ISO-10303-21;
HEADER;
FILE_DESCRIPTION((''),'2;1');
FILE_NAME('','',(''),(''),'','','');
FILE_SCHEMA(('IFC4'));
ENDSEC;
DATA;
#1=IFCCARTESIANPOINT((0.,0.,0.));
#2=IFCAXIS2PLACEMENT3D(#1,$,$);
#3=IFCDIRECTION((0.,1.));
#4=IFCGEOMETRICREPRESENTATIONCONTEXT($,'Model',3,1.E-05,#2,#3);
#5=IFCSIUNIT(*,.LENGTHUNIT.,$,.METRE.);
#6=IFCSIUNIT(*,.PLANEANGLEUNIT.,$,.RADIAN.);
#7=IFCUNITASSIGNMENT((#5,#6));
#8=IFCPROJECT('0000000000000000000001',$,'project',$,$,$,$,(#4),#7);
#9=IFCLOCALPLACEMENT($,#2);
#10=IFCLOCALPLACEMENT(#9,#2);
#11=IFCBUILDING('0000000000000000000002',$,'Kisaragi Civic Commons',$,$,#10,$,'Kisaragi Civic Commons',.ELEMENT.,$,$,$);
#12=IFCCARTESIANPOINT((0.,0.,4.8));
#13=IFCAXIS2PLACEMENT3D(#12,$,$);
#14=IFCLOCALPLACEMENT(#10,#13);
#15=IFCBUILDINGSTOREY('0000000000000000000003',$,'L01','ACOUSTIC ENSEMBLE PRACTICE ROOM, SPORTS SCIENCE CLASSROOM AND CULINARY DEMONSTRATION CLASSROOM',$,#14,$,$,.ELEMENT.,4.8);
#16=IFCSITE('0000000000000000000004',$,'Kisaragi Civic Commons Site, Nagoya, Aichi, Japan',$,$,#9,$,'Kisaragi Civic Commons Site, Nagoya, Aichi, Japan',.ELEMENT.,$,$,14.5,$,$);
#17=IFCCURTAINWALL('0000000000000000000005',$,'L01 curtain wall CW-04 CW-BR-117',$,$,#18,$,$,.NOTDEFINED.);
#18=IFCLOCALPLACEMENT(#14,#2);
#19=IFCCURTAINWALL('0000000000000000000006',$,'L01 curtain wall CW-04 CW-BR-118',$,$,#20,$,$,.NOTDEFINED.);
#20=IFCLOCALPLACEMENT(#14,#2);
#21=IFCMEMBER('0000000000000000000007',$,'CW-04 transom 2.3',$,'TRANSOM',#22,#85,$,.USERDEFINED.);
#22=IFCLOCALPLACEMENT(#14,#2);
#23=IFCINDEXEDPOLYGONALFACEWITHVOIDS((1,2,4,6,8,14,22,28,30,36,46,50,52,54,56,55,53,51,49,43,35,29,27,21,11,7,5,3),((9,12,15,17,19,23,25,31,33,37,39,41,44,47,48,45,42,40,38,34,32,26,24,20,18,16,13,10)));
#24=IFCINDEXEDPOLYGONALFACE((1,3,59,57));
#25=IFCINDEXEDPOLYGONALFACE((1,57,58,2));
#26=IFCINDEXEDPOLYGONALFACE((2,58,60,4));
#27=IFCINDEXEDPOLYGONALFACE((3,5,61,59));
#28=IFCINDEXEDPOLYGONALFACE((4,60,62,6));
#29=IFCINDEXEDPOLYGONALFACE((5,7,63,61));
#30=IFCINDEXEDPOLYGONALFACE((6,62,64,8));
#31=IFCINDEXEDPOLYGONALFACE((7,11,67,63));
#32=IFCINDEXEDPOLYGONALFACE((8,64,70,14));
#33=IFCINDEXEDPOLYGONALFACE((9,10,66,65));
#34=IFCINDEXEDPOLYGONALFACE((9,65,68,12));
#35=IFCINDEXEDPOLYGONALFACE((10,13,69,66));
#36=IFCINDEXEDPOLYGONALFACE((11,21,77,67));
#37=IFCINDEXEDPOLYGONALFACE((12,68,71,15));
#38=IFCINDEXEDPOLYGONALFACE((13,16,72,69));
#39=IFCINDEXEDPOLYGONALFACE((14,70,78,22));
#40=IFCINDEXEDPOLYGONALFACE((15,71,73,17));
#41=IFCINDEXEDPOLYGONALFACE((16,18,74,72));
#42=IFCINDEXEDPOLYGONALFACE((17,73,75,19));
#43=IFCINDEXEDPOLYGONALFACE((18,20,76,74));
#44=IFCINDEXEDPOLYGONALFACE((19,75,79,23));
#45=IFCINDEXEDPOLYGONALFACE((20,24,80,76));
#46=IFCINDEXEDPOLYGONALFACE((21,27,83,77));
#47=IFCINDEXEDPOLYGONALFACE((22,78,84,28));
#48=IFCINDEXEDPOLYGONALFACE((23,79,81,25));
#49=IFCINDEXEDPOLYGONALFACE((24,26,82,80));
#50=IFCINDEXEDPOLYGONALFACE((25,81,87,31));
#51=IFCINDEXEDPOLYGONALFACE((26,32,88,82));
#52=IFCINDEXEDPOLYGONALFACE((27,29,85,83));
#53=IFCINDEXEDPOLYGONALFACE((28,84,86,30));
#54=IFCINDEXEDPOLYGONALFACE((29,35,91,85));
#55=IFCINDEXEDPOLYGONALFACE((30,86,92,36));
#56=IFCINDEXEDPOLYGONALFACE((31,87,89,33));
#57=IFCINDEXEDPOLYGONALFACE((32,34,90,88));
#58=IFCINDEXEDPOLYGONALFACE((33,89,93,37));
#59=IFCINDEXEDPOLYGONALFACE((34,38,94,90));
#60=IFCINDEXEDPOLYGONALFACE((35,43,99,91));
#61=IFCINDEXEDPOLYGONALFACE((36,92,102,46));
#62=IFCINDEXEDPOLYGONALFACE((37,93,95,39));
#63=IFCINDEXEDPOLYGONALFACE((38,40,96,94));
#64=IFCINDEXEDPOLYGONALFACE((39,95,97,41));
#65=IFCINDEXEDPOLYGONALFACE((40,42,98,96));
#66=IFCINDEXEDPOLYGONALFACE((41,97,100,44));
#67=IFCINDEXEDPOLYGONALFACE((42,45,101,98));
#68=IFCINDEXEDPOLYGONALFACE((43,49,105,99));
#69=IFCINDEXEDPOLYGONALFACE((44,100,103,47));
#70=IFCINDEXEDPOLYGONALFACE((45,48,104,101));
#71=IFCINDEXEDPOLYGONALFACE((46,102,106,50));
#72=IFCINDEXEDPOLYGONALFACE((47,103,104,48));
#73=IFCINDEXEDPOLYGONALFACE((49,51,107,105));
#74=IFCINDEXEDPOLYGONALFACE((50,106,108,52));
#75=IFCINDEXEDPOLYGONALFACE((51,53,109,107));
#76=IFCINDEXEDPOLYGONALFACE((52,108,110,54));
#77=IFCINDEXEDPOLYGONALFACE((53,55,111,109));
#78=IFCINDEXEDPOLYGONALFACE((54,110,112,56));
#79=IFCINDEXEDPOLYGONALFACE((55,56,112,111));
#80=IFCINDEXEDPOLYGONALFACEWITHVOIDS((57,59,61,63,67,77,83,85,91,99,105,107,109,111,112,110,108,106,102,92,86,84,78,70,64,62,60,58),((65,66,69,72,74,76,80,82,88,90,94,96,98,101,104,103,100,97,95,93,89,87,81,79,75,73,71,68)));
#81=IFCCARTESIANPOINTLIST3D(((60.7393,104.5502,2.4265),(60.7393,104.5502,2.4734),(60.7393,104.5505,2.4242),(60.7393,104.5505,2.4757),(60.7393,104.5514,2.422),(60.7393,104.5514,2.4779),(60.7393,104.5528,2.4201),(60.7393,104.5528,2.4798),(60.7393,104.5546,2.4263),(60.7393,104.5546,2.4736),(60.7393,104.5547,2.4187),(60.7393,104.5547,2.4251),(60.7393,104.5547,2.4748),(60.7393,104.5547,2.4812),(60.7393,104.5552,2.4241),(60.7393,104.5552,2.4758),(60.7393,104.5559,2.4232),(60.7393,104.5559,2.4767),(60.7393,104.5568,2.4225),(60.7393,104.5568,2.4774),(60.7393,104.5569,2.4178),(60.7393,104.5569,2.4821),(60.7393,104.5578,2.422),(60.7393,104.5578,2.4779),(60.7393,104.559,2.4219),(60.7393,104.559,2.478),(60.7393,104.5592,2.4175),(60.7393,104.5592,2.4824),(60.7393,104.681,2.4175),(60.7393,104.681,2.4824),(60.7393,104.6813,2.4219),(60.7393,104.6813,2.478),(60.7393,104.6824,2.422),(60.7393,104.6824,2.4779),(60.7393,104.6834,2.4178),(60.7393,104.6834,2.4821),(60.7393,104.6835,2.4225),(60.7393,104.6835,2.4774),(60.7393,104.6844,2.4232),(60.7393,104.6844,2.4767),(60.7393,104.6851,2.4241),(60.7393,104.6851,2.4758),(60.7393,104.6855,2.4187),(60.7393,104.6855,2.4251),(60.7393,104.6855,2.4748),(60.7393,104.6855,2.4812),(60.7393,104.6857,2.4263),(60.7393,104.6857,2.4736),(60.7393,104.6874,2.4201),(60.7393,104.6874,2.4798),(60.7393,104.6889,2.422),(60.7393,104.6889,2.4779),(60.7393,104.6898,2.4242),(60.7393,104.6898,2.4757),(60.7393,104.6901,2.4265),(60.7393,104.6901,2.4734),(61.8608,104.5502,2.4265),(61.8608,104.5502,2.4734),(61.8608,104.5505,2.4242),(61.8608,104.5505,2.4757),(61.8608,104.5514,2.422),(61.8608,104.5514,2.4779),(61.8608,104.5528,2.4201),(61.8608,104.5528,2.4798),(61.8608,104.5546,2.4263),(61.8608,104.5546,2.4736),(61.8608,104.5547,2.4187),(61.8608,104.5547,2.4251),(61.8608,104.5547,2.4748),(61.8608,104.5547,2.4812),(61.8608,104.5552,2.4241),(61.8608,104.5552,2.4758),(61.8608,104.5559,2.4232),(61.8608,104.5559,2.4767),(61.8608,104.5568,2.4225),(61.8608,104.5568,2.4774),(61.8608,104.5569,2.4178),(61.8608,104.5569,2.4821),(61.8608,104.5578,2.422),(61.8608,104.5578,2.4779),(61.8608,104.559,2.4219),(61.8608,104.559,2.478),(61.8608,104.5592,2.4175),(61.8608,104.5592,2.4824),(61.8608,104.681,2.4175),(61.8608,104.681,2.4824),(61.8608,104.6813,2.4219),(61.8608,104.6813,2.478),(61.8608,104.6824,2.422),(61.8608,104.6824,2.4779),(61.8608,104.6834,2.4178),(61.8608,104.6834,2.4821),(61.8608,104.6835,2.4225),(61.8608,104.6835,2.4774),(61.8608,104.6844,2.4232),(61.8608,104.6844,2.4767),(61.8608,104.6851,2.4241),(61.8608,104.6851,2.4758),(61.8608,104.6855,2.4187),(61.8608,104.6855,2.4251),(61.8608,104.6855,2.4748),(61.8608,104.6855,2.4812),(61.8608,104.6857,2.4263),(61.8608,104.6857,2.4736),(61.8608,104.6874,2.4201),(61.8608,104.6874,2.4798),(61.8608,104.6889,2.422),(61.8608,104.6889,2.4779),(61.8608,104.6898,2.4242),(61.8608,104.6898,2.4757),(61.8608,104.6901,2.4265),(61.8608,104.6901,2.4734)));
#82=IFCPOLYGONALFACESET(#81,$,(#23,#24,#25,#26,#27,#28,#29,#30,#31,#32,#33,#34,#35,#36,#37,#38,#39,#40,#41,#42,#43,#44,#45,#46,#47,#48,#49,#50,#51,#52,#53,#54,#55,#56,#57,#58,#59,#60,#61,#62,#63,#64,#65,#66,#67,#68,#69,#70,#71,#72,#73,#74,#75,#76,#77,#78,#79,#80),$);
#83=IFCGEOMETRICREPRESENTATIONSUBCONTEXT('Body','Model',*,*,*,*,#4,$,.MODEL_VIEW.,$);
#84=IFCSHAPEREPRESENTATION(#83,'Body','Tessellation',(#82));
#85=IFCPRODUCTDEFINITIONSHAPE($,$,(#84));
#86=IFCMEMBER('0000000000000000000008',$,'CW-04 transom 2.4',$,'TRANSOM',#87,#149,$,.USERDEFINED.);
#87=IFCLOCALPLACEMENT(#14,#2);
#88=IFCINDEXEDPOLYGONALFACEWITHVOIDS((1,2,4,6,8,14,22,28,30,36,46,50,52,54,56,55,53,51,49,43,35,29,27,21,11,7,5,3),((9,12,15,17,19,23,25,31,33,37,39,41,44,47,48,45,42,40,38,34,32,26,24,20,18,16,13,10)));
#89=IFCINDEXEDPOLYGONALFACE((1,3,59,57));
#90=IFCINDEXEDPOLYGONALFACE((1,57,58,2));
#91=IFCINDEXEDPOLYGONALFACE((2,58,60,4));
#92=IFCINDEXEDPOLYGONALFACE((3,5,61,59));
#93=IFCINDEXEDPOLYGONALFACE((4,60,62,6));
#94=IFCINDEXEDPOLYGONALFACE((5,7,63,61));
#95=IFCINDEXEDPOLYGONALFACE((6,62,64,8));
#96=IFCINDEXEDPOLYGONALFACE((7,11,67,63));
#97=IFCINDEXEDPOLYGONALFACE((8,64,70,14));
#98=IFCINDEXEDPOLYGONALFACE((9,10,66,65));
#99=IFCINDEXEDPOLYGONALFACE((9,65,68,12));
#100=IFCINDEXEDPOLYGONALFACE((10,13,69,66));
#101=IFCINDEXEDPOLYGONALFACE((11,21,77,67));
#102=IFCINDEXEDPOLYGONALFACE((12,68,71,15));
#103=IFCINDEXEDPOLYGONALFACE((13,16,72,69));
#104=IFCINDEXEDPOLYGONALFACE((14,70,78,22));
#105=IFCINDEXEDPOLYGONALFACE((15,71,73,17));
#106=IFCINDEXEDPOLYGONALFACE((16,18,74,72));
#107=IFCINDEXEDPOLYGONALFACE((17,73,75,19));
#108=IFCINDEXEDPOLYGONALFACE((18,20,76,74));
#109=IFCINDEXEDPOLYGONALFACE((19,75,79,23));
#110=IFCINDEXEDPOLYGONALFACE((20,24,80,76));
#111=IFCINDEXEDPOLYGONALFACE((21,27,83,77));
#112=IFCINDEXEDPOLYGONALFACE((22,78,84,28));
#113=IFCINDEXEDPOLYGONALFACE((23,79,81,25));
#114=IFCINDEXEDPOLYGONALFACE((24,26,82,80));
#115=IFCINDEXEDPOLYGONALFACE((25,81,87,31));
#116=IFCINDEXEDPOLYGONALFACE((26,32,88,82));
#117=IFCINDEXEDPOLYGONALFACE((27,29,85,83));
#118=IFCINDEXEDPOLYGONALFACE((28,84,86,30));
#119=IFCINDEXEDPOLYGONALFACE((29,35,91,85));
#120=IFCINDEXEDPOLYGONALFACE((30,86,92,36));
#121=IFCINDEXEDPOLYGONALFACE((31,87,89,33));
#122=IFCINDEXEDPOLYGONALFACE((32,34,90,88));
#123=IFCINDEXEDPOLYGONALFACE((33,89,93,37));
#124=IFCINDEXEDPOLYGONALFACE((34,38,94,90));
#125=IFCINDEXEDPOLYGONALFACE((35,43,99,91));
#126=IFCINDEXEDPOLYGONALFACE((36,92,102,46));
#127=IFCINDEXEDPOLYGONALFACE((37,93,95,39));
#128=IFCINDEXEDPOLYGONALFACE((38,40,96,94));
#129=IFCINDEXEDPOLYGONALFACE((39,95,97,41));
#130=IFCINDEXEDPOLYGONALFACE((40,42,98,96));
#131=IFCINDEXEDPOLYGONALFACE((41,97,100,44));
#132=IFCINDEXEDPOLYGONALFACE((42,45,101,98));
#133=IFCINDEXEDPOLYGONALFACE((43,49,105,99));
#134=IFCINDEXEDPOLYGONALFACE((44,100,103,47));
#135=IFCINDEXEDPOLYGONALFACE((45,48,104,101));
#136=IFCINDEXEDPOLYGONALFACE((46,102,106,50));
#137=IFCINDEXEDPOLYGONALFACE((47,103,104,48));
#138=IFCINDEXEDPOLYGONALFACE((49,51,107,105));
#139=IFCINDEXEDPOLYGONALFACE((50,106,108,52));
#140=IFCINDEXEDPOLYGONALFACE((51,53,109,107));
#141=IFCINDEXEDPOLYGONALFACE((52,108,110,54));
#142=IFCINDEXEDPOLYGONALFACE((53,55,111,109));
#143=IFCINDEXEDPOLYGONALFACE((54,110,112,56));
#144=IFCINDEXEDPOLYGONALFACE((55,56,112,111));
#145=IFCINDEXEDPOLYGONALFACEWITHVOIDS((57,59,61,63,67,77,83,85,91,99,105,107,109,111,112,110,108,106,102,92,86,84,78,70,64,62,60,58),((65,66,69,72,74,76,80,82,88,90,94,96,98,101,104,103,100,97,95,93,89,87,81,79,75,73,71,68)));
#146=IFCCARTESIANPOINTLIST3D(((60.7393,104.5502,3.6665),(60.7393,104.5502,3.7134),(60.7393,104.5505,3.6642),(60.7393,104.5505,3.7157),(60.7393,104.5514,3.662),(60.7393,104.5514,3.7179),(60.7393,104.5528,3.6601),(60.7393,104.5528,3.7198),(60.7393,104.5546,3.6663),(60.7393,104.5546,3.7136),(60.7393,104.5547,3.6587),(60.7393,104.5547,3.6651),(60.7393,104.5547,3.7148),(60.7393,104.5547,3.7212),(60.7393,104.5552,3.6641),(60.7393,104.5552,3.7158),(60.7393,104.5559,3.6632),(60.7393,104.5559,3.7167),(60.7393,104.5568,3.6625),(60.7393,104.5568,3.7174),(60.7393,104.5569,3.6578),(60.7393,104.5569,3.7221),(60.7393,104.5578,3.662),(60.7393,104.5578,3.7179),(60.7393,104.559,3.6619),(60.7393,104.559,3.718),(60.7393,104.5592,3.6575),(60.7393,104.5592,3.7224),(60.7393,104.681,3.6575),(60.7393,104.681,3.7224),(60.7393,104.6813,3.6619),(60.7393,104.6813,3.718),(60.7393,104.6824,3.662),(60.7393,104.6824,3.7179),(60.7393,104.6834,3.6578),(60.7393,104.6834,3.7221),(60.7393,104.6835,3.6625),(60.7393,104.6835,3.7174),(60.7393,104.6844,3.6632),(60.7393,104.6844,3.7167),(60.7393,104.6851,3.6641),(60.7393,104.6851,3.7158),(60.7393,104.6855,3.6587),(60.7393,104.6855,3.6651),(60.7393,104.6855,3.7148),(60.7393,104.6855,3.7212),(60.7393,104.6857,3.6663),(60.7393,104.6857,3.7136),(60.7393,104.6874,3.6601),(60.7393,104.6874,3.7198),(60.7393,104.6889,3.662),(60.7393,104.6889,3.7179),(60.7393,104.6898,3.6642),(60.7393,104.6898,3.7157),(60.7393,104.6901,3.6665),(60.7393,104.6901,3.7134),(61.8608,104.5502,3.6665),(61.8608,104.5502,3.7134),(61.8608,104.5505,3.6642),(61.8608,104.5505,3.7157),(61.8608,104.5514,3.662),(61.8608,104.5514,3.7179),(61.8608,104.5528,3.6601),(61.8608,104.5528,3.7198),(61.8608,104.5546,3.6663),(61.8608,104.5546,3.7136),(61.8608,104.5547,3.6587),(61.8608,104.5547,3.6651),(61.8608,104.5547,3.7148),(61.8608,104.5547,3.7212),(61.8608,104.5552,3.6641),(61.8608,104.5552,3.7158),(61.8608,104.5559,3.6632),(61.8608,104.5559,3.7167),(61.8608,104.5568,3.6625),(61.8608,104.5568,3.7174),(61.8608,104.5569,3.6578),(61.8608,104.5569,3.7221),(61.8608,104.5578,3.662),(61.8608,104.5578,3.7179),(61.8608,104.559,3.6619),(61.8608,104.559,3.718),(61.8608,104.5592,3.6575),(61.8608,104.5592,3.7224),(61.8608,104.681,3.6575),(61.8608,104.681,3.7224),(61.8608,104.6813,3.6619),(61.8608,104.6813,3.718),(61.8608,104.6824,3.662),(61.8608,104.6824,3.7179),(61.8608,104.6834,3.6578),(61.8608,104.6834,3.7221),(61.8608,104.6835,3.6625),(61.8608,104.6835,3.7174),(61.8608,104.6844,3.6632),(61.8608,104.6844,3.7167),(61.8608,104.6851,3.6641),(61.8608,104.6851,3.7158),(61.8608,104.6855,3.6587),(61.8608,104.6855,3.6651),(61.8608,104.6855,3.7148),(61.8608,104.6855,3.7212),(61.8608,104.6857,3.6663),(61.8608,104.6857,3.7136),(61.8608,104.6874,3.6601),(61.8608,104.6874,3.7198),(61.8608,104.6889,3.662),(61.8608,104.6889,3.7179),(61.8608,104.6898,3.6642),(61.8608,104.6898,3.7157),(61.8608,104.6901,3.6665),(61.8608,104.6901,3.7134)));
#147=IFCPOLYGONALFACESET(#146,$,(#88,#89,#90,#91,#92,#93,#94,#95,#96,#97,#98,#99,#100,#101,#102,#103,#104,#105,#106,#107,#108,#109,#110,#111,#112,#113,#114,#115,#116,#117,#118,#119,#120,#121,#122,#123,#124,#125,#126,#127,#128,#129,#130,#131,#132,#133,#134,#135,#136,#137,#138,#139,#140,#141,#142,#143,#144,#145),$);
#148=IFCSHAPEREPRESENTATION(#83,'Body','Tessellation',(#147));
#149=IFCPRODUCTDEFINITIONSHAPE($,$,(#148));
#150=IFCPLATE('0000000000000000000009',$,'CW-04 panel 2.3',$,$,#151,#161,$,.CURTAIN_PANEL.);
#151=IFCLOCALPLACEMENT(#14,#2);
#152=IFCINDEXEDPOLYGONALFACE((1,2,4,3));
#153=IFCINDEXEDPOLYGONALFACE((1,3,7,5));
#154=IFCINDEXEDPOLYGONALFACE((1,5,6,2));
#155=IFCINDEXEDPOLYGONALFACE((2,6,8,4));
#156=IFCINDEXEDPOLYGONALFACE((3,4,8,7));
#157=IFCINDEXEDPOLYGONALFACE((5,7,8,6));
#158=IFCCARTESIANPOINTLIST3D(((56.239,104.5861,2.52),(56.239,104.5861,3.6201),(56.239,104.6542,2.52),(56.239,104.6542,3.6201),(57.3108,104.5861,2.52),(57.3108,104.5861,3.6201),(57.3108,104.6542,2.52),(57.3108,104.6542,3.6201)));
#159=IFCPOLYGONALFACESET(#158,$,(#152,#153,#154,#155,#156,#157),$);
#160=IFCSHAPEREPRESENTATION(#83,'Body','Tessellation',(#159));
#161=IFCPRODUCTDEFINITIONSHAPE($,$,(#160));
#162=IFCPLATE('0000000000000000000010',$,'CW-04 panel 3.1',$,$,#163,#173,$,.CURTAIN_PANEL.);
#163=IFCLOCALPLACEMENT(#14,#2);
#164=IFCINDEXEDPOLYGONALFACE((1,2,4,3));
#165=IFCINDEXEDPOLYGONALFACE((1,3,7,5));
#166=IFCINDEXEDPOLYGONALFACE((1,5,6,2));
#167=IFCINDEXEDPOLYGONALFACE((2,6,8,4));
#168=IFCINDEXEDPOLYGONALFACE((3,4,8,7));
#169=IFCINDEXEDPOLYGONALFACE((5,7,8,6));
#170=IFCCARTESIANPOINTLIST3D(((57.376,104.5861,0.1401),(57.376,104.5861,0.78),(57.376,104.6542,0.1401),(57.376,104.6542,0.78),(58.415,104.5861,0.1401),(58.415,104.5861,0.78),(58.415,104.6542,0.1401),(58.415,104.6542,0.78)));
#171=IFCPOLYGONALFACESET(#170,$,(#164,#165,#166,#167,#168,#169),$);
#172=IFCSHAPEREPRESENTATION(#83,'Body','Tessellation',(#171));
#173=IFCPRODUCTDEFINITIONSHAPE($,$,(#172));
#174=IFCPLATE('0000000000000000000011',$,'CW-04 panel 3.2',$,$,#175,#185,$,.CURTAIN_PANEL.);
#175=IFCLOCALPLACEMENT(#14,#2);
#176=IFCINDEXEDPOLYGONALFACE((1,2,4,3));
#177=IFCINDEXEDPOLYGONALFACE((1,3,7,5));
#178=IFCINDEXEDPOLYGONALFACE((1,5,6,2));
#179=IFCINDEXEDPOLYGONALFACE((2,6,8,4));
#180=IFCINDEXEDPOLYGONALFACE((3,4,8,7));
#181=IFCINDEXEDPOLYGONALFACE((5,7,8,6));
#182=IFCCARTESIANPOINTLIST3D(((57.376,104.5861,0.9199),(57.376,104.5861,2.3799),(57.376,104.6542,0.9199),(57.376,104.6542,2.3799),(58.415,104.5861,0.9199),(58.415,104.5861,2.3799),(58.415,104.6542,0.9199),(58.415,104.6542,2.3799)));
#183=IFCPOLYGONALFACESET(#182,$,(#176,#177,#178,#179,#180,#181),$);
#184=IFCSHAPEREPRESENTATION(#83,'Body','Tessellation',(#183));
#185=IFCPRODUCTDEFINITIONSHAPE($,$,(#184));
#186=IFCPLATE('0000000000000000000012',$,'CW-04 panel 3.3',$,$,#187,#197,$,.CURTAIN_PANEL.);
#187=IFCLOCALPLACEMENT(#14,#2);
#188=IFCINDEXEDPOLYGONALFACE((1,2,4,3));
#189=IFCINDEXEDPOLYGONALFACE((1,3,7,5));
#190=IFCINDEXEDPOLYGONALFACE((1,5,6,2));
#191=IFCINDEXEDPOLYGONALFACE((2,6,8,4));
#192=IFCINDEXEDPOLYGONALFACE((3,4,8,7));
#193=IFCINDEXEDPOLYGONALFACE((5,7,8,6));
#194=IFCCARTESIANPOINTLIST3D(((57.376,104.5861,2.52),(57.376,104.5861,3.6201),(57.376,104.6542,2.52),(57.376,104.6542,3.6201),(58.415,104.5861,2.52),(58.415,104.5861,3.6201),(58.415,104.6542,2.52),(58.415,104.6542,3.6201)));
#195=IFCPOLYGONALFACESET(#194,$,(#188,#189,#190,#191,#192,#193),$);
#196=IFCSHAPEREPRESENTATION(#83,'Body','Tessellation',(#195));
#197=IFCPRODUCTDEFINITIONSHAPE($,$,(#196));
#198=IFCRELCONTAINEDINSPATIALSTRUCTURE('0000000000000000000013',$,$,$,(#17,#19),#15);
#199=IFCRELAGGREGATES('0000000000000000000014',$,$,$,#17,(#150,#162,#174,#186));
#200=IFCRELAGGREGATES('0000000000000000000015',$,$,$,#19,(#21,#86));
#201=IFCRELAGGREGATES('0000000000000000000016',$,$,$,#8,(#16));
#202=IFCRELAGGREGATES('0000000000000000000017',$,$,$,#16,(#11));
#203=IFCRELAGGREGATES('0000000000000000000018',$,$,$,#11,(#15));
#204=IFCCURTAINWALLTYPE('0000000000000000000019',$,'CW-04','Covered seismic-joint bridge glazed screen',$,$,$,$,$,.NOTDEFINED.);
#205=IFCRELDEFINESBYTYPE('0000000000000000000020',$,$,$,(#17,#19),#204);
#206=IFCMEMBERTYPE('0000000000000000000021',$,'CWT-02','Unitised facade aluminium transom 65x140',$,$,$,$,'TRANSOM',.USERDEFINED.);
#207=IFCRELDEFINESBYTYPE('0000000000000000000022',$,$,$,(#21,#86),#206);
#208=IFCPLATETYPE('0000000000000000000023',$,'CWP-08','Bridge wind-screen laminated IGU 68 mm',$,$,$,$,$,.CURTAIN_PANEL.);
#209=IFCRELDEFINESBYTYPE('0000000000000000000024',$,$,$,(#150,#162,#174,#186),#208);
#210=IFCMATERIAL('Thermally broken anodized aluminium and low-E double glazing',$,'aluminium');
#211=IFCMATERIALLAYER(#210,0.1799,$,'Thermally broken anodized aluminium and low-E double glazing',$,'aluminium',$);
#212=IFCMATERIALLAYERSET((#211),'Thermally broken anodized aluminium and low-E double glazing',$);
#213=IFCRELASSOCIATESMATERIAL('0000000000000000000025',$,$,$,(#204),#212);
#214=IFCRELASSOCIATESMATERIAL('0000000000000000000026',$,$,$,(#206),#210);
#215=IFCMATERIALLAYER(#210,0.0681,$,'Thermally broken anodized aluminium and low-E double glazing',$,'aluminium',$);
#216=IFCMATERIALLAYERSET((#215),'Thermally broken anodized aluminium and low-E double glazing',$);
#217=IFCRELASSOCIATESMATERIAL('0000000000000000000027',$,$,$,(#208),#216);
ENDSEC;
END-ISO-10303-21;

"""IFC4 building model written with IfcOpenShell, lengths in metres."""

from ifc_helpers import new_model, si_unit, direction, frame, origin, origin_2d, place, context, subcontext, project, spatial, rectangle, hollow_rectangle, extrude, material, layer, layer_set, material_profile, profile_set, type_object, element, aggregate, save


model = new_model("IFC4")

# Units and contexts
model_context = context("Model", 3, precision=1e-05, world=origin(), true_north=direction((0.0, 1.0)))
body_context = subcontext(model_context, "Body", "Model", "MODEL_VIEW")
ifc_project = project(units=[si_unit("LENGTHUNIT", "METRE"), si_unit("PLANEANGLEUNIT", "RADIAN")], contexts=[model_context])

# Site, building, storey
site_placement = place(None, origin())
site = spatial("IfcSite", under=ifc_project, at=site_placement, Name="Kisaragi Civic Commons Site, Nagoya, Aichi, Japan", LongName="Kisaragi Civic Commons Site, Nagoya, Aichi, Japan", CompositionType="ELEMENT", RefElevation=14.5)
building_placement = place(site_placement, origin())
building = spatial("IfcBuilding", under=site, at=building_placement, Name="Kisaragi Civic Commons", LongName="Kisaragi Civic Commons", CompositionType="ELEMENT")
storey_placement = place(building_placement, frame((0.0, 0.0, 4.8)))
storey = spatial("IfcBuildingStorey", under=building, at=storey_placement, Name="L01", Description="ACOUSTIC ENSEMBLE PRACTICE ROOM, SPORTS SCIENCE CLASSROOM AND CULINARY DEMONSTRATION CLASSROOM", CompositionType="ELEMENT", Elevation=4.8)

# Curtain walls
ifc_material = material(Name="Thermally broken anodized aluminium and low-E double glazing", Category="aluminium")
ifc_layer_1 = layer(ifc_material, 0.1799, Name="Thermally broken anodized aluminium and low-E double glazing", Category="aluminium")
ifc_layer_set_1 = layer_set([ifc_layer_1], Name="Thermally broken anodized aluminium and low-E double glazing")
curtain_wall_type = type_object("IfcCurtainWallType", Name="CW-04", Description="Covered seismic-joint bridge glazed screen", PredefinedType="NOTDEFINED", material=ifc_layer_set_1)
curtain_wall_1_placement = place(storey_placement, origin())
curtain_wall_1 = element("IfcCurtainWall", 1, at=curtain_wall_1_placement, inside=storey, type_object=curtain_wall_type, Name="L01 curtain wall CW-04 CW-BR-117", PredefinedType="NOTDEFINED")
curtain_wall_2_placement = place(storey_placement, origin())
curtain_wall_2 = element("IfcCurtainWall", 2, at=curtain_wall_2_placement, inside=storey, type_object=curtain_wall_type, Name="L01 curtain wall CW-04 CW-BR-118", PredefinedType="NOTDEFINED")

# Members
ifc_material_profile_1 = material_profile(ifc_material, hollow_rectangle(XDim=0.1399, YDim=0.0649, WallThickness=0.0044, InnerFilletRadius=0.0044, OuterFilletRadius=0.009, at=origin_2d()), Name="CWT-65x140x4.5", Category="aluminium")
ifc_profile_set_1 = profile_set([ifc_material_profile_1], Name="Thermally broken anodized aluminium and low-E double glazing")
member_type_1 = type_object("IfcMemberType", Name="CWT-02", Description="Unitised facade aluminium transom 65x140", ElementType="TRANSOM", PredefinedType="USERDEFINED", material=ifc_profile_set_1)
member_1_placement = place(storey_placement, frame((60.7393, 104.6201, 2.45), z_axis=(1.0, 0.0, 0.0), x_axis=(0.0, 1.0, 0.0)))
member_1 = element("IfcMember", 3, at=member_1_placement, type_object=member_type_1, Name="CW-04 transom 2.3", ObjectType="TRANSOM", PredefinedType="USERDEFINED", context=body_context, shape_type="SweptSolid", body=[
    extrude(hollow_rectangle(XDim=0.1399, YDim=0.0649, WallThickness=0.0044, InnerFilletRadius=0.0044, OuterFilletRadius=0.009, at=origin_2d()), origin(), (0.0, 0.0, 1.0), 1.1216),
])
member_2_placement = place(storey_placement, frame((60.7393, 104.6201, 3.6899), z_axis=(1.0, 0.0, 0.0), x_axis=(0.0, 1.0, 0.0)))
member_2 = element("IfcMember", 4, at=member_2_placement, type_object=member_type_1, Name="CW-04 transom 2.4", ObjectType="TRANSOM", PredefinedType="USERDEFINED", context=body_context, shape_type="SweptSolid", body=[
    extrude(hollow_rectangle(XDim=0.1399, YDim=0.0649, WallThickness=0.0044, InnerFilletRadius=0.0044, OuterFilletRadius=0.009, at=origin_2d()), origin(), (0.0, 0.0, 1.0), 1.1216),
])

# Plates
ifc_layer_2 = layer(ifc_material, 0.0681, Name="Thermally broken anodized aluminium and low-E double glazing", Category="aluminium")
ifc_layer_set_2 = layer_set([ifc_layer_2], Name="Thermally broken anodized aluminium and low-E double glazing")
plate_type = type_object("IfcPlateType", Name="CWP-08", Description="Bridge wind-screen laminated IGU 68 mm", PredefinedType="CURTAIN_PANEL", material=ifc_layer_set_2)
plate_1_placement = place(storey_placement, frame((56.7749, 104.6201, 2.52), z_axis=(0.0, 0.0, 1.0), x_axis=(1.0, 0.0, 0.0)))
plate_1 = element("IfcPlate", 5, at=plate_1_placement, type_object=plate_type, Name="CW-04 panel 2.3", PredefinedType="CURTAIN_PANEL", context=body_context, shape_type="SweptSolid", body=[
    extrude(rectangle(XDim=1.0718, YDim=0.0681, at=origin_2d()), origin(), (0.0, 0.0, 1.0), 1.1001),
])
plate_2_placement = place(storey_placement, frame((57.8955, 104.6201, 0.1401), z_axis=(0.0, 0.0, 1.0), x_axis=(1.0, 0.0, 0.0)))
plate_2 = element("IfcPlate", 6, at=plate_2_placement, type_object=plate_type, Name="CW-04 panel 3.1", PredefinedType="CURTAIN_PANEL", context=body_context, shape_type="SweptSolid", body=[
    extrude(rectangle(XDim=1.0391, YDim=0.0681, at=origin_2d()), origin(), (0.0, 0.0, 1.0), 0.6399),
])
plate_3_placement = place(storey_placement, frame((57.8955, 104.6201, 0.9199), z_axis=(0.0, 0.0, 1.0), x_axis=(1.0, 0.0, 0.0)))
plate_3 = element("IfcPlate", 7, at=plate_3_placement, type_object=plate_type, Name="CW-04 panel 3.2", PredefinedType="CURTAIN_PANEL", context=body_context, shape_type="SweptSolid", body=[
    extrude(rectangle(XDim=1.0391, YDim=0.0681, at=origin_2d()), origin(), (0.0, 0.0, 1.0), 1.46),
])
plate_4_placement = place(storey_placement, frame((57.8955, 104.6201, 2.52), z_axis=(0.0, 0.0, 1.0), x_axis=(1.0, 0.0, 0.0)))
plate_4 = element("IfcPlate", 8, at=plate_4_placement, type_object=plate_type, Name="CW-04 panel 3.3", PredefinedType="CURTAIN_PANEL", context=body_context, shape_type="SweptSolid", body=[
    extrude(rectangle(XDim=1.0391, YDim=0.0681, at=origin_2d()), origin(), (0.0, 0.0, 1.0), 1.1001),
])
aggregate(curtain_wall_1, [plate_1, plate_2, plate_3, plate_4])
aggregate(curtain_wall_2, [member_1, member_2])

save(model, "model.ifc")
